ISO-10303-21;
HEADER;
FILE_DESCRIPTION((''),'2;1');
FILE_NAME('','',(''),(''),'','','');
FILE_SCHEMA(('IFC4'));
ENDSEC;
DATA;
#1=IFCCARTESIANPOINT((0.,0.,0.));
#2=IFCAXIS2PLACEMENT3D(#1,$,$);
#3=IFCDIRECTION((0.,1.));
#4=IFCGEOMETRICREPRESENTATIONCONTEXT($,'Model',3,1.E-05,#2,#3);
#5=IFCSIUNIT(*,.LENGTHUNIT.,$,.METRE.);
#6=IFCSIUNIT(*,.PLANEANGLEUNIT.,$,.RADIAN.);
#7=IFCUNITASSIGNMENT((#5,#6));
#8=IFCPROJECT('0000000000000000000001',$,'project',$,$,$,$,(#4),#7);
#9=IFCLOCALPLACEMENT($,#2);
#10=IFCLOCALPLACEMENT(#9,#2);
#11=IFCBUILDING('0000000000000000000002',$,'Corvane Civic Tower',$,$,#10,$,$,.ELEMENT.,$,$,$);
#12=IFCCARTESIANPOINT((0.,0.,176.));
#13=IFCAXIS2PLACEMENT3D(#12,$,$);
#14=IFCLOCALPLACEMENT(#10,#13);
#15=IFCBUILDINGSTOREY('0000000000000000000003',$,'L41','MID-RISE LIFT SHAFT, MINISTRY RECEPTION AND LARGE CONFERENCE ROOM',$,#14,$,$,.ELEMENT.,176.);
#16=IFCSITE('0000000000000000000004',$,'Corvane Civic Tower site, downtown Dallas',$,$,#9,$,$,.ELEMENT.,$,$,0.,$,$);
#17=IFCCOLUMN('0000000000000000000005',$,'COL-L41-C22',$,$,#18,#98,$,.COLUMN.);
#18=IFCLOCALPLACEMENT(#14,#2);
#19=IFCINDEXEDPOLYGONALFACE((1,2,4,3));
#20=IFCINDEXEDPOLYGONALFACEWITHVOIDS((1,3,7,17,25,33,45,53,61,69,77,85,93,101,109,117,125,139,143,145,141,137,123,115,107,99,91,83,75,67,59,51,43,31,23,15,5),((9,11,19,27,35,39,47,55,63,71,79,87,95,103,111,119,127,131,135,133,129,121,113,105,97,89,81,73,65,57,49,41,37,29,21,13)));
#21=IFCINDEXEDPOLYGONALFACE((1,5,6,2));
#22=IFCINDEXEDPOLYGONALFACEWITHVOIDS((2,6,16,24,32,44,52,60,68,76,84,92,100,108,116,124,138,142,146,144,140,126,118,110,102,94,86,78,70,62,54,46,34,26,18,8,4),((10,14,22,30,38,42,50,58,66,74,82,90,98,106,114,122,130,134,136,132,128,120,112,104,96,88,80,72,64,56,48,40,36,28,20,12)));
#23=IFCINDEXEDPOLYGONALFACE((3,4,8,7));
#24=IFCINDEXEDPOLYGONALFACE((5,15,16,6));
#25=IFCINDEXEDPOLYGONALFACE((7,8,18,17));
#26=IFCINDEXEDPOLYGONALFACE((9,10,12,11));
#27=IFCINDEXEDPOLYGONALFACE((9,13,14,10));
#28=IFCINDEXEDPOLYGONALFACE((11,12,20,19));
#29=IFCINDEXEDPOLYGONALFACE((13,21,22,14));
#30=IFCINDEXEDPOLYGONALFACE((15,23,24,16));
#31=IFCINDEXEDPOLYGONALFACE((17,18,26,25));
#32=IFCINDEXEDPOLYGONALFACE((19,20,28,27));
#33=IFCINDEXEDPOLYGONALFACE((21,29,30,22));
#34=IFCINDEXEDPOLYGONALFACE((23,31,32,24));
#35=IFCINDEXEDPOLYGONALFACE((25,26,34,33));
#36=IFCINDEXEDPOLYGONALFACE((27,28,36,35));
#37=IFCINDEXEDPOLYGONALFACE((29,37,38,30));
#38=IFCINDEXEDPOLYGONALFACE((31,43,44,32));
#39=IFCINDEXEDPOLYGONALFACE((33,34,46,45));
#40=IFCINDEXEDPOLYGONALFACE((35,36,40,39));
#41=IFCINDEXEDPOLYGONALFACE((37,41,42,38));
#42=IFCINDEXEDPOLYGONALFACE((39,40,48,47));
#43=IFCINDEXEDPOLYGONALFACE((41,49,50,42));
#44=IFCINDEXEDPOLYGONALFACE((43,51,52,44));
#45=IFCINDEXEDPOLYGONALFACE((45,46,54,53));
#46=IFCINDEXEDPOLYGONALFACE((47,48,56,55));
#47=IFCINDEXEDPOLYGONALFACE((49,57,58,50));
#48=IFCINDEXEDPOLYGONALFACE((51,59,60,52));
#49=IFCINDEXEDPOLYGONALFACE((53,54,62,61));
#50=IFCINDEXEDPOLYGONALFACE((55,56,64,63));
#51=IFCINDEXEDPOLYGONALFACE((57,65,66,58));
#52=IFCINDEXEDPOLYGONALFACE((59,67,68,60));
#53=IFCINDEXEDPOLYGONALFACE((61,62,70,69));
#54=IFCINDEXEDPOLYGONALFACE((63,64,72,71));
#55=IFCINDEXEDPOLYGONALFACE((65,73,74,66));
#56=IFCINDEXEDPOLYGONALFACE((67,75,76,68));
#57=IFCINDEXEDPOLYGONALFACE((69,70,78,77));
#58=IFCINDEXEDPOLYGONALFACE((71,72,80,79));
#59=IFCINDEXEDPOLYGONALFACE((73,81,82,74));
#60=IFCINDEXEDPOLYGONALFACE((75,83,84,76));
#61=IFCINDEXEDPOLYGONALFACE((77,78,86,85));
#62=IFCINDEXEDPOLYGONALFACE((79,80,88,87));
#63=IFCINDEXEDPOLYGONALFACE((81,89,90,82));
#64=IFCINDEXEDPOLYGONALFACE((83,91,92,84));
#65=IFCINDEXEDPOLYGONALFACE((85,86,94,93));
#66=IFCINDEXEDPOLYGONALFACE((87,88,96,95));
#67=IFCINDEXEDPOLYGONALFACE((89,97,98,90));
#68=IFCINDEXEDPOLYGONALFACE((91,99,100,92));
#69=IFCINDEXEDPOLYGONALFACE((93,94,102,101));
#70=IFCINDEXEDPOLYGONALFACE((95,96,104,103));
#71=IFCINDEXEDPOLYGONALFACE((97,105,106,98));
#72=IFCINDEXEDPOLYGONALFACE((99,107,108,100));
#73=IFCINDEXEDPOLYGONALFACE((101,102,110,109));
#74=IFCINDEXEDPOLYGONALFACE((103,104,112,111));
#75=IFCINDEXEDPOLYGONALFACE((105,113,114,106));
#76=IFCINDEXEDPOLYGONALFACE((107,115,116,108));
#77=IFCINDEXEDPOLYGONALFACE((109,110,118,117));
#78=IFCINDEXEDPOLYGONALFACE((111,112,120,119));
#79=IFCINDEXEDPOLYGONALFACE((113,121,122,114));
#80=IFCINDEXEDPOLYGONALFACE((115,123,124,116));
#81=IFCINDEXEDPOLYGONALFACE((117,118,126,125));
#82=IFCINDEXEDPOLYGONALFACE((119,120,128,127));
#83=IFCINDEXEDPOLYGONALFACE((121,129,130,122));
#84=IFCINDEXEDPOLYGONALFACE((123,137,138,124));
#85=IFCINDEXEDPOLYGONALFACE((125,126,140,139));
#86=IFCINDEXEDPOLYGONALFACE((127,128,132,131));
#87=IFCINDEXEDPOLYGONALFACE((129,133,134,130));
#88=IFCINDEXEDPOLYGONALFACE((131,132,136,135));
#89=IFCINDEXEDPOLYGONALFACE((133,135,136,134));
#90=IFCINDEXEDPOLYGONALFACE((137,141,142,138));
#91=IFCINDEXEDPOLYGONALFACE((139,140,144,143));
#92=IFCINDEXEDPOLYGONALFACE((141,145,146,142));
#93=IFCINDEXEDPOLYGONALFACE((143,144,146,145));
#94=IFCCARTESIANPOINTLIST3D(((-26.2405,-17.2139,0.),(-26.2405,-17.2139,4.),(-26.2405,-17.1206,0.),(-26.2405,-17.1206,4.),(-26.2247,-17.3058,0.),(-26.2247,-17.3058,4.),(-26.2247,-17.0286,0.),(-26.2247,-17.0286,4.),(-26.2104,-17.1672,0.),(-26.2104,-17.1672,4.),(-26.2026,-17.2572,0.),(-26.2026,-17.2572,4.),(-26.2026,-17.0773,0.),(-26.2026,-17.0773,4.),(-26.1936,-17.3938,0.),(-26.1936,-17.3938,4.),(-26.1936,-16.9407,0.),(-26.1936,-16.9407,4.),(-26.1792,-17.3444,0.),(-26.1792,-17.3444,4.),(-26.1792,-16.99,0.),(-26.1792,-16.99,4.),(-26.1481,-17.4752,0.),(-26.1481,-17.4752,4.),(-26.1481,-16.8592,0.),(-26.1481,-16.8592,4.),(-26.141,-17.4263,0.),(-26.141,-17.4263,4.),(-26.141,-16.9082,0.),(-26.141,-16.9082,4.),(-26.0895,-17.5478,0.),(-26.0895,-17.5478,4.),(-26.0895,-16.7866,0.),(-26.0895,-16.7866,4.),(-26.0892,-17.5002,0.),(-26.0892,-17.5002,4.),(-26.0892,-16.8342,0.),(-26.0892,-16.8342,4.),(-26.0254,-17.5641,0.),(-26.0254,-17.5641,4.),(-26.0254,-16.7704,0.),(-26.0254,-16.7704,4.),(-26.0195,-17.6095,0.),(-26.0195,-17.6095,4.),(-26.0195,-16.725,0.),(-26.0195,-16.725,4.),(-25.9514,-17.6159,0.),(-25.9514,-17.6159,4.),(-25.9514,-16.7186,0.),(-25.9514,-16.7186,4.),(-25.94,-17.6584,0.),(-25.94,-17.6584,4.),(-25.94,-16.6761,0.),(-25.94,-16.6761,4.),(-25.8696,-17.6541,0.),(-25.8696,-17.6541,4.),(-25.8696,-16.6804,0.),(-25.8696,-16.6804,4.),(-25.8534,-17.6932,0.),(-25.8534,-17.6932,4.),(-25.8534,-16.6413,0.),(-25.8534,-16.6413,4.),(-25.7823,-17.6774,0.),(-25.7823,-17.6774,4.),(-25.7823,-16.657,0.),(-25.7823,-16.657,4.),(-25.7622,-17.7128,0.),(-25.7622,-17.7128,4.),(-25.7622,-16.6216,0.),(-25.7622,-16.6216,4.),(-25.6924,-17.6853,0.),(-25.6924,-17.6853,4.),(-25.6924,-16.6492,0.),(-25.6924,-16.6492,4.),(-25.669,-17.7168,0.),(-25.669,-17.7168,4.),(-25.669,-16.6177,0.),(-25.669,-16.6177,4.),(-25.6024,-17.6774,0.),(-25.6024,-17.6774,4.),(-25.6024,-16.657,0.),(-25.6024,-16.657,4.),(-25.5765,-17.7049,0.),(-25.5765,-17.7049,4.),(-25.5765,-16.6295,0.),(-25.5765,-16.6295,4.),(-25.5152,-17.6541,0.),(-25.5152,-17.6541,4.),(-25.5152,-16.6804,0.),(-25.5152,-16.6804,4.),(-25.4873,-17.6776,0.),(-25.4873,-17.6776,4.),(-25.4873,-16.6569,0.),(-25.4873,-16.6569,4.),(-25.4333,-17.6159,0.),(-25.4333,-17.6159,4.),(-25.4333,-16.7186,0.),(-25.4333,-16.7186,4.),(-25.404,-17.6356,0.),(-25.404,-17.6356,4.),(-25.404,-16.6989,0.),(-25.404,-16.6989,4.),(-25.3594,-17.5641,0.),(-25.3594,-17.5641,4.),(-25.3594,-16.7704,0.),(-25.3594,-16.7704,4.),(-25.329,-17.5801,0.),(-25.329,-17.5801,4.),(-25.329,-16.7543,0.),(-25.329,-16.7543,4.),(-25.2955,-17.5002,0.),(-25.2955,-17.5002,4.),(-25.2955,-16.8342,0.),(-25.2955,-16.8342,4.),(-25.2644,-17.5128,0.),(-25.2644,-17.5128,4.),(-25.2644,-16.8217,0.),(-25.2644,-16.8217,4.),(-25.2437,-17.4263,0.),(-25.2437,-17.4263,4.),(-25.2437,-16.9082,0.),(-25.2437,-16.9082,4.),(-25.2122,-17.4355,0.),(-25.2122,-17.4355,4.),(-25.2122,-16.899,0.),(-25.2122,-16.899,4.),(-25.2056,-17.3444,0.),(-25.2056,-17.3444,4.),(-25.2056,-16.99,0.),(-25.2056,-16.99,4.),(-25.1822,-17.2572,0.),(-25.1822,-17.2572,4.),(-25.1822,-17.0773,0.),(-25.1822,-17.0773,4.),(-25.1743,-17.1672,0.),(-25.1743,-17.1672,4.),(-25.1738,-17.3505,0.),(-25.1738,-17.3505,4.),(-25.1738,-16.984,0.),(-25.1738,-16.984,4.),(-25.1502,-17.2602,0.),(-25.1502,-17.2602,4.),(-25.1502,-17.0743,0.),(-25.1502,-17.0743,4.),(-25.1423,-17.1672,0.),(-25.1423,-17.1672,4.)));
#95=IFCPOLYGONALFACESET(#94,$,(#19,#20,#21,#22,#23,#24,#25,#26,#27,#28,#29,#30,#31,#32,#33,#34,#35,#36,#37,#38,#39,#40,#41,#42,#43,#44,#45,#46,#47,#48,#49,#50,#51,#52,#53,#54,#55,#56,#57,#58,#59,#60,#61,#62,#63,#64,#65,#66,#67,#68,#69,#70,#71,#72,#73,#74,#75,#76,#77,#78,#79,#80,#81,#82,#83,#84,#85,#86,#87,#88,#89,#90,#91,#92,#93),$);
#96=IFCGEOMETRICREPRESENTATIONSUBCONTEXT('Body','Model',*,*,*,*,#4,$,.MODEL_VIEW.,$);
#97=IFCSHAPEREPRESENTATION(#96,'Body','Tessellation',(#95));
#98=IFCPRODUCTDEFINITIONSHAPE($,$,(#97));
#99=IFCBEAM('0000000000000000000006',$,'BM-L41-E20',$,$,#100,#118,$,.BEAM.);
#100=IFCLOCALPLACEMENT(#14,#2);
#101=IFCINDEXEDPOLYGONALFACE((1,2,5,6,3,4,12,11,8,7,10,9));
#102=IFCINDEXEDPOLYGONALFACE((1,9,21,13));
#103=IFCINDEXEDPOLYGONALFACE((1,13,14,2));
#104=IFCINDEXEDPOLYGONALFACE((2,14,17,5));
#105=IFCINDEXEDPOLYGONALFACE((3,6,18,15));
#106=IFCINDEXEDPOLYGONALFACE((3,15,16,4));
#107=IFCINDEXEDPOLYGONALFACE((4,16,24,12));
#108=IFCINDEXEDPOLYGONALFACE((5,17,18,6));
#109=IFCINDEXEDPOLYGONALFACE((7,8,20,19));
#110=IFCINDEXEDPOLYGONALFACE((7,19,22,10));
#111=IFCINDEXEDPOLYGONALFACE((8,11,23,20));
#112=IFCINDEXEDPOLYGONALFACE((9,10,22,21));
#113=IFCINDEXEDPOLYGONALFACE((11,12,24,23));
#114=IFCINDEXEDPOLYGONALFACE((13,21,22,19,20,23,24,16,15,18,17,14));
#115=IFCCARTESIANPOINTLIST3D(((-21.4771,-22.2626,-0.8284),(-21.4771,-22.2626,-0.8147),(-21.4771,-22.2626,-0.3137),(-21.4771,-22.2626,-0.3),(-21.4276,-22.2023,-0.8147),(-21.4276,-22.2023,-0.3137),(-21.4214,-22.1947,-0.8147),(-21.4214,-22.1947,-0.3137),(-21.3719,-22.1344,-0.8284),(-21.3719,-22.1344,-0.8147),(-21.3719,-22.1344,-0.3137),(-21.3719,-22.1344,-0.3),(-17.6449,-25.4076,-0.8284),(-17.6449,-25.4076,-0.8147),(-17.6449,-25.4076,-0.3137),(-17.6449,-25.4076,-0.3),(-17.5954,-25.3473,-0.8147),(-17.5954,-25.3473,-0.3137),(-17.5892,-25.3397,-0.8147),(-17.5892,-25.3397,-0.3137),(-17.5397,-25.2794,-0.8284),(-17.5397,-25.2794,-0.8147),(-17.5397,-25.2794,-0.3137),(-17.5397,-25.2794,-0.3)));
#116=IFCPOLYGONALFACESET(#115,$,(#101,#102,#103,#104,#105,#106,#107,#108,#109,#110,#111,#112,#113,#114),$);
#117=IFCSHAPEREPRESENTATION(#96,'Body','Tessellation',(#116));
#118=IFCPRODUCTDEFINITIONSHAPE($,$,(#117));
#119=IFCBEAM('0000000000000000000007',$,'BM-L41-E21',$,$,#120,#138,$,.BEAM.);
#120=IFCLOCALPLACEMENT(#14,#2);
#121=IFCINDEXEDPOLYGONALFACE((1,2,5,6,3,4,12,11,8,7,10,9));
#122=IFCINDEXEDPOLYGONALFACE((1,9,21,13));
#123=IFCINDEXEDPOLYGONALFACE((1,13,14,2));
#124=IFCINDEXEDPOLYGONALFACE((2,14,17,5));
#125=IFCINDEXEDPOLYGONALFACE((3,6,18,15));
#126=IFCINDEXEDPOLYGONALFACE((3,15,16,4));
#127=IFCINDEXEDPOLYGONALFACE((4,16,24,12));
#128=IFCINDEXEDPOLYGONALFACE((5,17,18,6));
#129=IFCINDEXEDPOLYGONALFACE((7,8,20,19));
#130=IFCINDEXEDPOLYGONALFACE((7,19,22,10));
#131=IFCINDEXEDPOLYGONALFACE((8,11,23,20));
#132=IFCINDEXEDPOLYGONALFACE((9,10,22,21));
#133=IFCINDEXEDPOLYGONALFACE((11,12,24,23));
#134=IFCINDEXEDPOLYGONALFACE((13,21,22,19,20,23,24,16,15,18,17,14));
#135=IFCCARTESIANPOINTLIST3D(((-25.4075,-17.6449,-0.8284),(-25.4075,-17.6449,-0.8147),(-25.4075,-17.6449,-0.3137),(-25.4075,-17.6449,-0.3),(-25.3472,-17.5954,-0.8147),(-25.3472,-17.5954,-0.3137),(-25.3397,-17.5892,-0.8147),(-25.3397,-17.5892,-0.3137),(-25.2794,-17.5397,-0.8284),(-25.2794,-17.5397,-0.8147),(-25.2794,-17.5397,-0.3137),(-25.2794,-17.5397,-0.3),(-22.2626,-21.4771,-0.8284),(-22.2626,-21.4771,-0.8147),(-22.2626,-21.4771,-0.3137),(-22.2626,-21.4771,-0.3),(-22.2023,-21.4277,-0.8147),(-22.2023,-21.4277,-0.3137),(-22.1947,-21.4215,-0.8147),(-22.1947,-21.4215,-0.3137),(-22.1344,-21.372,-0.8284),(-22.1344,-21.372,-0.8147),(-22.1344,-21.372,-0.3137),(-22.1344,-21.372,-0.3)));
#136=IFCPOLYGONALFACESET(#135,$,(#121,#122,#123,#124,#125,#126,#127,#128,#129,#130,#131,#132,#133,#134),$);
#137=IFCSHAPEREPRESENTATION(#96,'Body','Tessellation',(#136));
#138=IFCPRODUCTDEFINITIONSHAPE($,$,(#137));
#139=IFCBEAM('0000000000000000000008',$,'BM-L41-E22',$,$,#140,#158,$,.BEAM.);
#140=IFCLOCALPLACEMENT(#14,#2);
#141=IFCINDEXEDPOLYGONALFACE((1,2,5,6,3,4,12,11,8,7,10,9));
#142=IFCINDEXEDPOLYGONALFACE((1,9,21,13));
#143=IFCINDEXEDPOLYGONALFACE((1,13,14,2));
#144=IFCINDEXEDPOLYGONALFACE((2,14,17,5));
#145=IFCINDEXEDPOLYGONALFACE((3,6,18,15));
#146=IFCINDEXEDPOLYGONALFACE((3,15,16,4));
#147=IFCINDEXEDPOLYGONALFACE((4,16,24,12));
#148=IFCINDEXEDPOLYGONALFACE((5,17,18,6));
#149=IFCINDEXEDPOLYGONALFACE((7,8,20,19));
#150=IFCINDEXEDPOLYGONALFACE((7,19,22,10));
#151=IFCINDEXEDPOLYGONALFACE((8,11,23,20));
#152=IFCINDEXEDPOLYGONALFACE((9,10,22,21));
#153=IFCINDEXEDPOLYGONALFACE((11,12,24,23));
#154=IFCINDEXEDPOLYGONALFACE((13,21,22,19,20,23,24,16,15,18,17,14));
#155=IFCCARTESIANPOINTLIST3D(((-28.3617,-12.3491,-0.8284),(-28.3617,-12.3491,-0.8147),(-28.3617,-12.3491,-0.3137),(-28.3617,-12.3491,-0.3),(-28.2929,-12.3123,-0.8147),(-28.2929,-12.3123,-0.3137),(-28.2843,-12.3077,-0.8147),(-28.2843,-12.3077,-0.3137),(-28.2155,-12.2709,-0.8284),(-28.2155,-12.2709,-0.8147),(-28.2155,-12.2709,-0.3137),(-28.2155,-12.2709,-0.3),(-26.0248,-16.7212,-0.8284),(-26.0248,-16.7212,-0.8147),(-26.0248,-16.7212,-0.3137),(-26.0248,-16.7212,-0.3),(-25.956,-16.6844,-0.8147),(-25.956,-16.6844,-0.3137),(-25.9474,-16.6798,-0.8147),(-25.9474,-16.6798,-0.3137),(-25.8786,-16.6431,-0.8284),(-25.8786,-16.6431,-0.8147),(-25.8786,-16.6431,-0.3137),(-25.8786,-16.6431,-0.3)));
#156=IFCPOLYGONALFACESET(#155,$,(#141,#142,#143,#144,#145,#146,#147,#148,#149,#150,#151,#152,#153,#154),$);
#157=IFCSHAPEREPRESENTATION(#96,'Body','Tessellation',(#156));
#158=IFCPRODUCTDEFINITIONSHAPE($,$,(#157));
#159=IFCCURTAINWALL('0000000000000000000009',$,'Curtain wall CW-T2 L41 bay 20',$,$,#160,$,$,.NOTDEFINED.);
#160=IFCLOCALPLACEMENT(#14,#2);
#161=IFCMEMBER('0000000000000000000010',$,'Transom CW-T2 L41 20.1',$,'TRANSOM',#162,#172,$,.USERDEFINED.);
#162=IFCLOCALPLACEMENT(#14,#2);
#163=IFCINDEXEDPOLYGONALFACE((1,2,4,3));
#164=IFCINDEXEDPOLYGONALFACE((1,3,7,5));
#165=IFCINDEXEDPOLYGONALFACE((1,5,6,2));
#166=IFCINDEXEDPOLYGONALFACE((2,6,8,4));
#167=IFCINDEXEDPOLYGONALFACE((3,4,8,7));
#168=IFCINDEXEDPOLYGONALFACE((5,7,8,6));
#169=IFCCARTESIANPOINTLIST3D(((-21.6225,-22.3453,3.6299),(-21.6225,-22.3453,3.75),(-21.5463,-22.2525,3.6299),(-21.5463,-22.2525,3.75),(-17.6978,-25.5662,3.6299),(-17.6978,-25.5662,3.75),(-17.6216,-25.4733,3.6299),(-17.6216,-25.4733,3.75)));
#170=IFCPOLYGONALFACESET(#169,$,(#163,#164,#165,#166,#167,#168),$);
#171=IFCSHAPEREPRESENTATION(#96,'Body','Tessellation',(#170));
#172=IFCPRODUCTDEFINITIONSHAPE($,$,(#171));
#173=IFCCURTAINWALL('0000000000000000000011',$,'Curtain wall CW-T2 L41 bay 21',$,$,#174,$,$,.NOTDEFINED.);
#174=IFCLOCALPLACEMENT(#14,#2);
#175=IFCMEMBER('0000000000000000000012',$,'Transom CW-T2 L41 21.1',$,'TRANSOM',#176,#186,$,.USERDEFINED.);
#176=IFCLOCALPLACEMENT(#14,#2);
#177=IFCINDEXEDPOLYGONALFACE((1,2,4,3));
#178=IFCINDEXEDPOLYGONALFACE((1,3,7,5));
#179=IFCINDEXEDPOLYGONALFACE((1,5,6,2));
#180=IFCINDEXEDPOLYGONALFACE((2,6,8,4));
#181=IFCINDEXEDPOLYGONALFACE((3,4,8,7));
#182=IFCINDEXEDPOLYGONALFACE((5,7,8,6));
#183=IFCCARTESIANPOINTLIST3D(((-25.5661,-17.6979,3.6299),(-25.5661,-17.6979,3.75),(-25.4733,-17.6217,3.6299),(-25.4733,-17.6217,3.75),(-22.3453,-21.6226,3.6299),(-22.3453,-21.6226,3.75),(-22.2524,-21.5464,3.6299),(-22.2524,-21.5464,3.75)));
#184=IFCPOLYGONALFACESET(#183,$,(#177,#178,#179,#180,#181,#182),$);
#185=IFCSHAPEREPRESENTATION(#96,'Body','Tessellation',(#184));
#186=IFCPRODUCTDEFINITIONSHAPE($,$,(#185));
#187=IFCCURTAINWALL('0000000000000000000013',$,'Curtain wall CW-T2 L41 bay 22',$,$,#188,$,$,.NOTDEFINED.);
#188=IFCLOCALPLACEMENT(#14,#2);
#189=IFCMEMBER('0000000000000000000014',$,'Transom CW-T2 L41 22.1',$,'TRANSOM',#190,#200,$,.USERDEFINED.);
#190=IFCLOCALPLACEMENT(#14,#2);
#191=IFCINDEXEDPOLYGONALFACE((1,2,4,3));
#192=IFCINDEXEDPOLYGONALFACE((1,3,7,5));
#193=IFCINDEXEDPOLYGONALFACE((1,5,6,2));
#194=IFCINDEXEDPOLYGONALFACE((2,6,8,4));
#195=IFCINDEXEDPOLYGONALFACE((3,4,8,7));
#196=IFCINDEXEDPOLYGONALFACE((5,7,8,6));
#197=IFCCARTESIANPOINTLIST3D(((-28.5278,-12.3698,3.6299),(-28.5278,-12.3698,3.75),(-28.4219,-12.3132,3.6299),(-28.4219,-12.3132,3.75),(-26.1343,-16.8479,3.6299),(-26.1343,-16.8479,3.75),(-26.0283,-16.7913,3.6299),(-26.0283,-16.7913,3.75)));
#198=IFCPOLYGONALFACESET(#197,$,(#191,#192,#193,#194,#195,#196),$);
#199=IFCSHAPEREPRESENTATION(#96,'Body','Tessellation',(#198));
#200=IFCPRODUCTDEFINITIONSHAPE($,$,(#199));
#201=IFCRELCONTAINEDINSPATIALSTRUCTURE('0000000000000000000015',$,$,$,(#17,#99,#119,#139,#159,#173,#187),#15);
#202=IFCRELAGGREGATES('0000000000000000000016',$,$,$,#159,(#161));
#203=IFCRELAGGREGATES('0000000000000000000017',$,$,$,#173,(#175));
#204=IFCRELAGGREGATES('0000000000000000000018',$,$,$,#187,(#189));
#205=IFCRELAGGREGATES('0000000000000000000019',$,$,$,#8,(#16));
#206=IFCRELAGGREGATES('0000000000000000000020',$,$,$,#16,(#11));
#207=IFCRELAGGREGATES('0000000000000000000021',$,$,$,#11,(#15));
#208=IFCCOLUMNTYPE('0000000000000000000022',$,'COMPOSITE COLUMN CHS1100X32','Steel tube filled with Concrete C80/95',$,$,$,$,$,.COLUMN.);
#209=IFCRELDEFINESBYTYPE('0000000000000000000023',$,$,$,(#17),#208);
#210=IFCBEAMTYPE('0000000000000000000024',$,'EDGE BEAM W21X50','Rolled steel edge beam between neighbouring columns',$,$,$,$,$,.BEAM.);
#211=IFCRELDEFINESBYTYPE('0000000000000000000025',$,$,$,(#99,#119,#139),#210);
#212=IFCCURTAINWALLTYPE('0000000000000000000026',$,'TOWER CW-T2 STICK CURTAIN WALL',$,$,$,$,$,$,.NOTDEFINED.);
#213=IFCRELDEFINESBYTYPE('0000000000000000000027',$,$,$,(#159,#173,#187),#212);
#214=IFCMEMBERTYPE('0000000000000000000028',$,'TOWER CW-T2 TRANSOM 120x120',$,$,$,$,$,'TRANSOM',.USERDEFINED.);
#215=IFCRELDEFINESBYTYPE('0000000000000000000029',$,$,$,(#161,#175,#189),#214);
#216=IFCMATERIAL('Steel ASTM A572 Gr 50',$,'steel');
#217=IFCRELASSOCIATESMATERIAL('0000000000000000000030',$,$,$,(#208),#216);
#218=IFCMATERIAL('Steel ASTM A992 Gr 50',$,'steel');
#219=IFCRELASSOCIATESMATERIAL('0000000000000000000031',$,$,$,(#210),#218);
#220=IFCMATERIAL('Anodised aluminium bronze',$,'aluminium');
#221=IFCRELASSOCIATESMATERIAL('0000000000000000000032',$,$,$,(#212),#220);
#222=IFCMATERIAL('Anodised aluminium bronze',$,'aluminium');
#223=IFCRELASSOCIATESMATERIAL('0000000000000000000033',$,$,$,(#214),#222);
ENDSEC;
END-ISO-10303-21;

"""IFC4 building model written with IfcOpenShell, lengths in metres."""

from ifc_helpers import new_model, si_unit, direction, frame, origin, origin_2d, place, context, subcontext, project, spatial, rectangle, hollow_circle, i_section, extrude, material, material_profile, profile_set, type_object, element, aggregate, save


model = new_model("IFC4")

# Units and contexts
model_context = context("Model", 3, precision=1e-05, world=origin(), true_north=direction((0.0, 1.0)))
body_context = subcontext(model_context, "Body", "Model", "MODEL_VIEW")
ifc_project = project(units=[si_unit("LENGTHUNIT", "METRE"), si_unit("PLANEANGLEUNIT", "RADIAN")], contexts=[model_context])

# Site, building, storey
site_placement = place(None, origin())
site = spatial("IfcSite", under=ifc_project, at=site_placement, Name="Corvane Civic Tower site, downtown Dallas", CompositionType="ELEMENT", RefElevation=0.0)
building_placement = place(site_placement, origin())
building = spatial("IfcBuilding", under=site, at=building_placement, Name="Corvane Civic Tower", CompositionType="ELEMENT")
storey_placement = place(building_placement, frame((0.0, 0.0, 176.0)))
storey = spatial("IfcBuildingStorey", under=building, at=storey_placement, Name="L41", Description="MID-RISE LIFT SHAFT, MINISTRY RECEPTION AND LARGE CONFERENCE ROOM", CompositionType="ELEMENT", Elevation=176.0)

# Column
ifc_material_1 = material(Name="Steel ASTM A572 Gr 50", Category="steel")
ifc_material_profile_1 = material_profile(ifc_material_1, hollow_circle(Radius=0.55, WallThickness=0.032, at=origin_2d()), Name="CHS1100X32")
ifc_profile_set_1 = profile_set([ifc_material_profile_1], Name="Steel ASTM A572 Gr 50")
column_type = type_object("IfcColumnType", Name="COMPOSITE COLUMN CHS1100X32", Description="Steel tube filled with Concrete C80/95", PredefinedType="COLUMN", material=ifc_profile_set_1)
for number, where, z_axis, x_axis, name in (
    (1, (-25.6924, -17.1672, 0.0), (0.0, 0.0, 1.0), (1.0, 0.0, 0.0), "COL-L41-C22"),
):
    element("IfcColumn", number, at=place(storey_placement, frame(where, z_axis=z_axis, x_axis=x_axis)), inside=storey, type_object=column_type, Name=name, PredefinedType="COLUMN", context=body_context, shape_type="SweptSolid", body=[
        extrude(hollow_circle(Radius=0.55, WallThickness=0.032, at=origin_2d()), origin(), (0.0, 0.0, 1.0), 4.0),
    ])

# Beams
ifc_material_2 = material(Name="Steel ASTM A992 Gr 50", Category="steel")
ifc_material_profile_2 = material_profile(ifc_material_2, i_section(OverallWidth=0.1658, OverallDepth=0.5283, WebThickness=0.0098, FlangeThickness=0.0137, at=origin_2d()), Name="W21X50")
ifc_profile_set_2 = profile_set([ifc_material_profile_2], Name="Steel ASTM A992 Gr 50")
beam_type = type_object("IfcBeamType", Name="EDGE BEAM W21X50", Description="Rolled steel edge beam between neighbouring columns", PredefinedType="BEAM", material=ifc_profile_set_2)
for number, where, z_axis, x_axis, name in (
    (2, (-17.5923, -25.3435, -0.5642), (-0.773015, 0.634388, 0.0), (-0.634388, -0.773015, 0.0), "BM-L41-E20"),
    (3, (-22.1985, -21.4246, -0.5642), (-0.634388, 0.773015, 0.0), (-0.773015, -0.634388, 0.0), "BM-L41-E21"),
    (4, (-25.9517, -16.6821, -0.5642), (-0.471396, 0.881922, 0.0), (-0.881922, -0.471396, 0.0), "BM-L41-E22"),
):
    element("IfcBeam", number, at=place(storey_placement, frame(where, z_axis=z_axis, x_axis=x_axis)), inside=storey, type_object=beam_type, Name=name, PredefinedType="BEAM", context=body_context, shape_type="SweptSolid", body=[
        extrude(i_section(OverallWidth=0.1658, OverallDepth=0.5283, WebThickness=0.0098, FlangeThickness=0.0137, at=origin_2d()), origin(), (0.0, 0.0, 1.0), 4.9575),
    ])

# Curtain walls, members
ifc_material_3 = material(Name="Anodised aluminium bronze", Category="aluminium")
curtain_wall_type = type_object("IfcCurtainWallType", Name="TOWER CW-T2 STICK CURTAIN WALL", PredefinedType="NOTDEFINED", material=ifc_material_3)
curtain_wall_1_placement = place(storey_placement, origin())
curtain_wall_1 = element("IfcCurtainWall", 5, at=curtain_wall_1_placement, inside=storey, type_object=curtain_wall_type, Name="Curtain wall CW-T2 L41 bay 20", PredefinedType="NOTDEFINED")
ifc_material_4 = material(Name="Anodised aluminium bronze", Category="aluminium")
ifc_material_profile_3 = material_profile(ifc_material_4, rectangle(XDim=0.1201, YDim=0.1201, at=origin_2d()), Name="TOWER CW-T2 TRANSOM 120x120")
ifc_profile_set_3 = profile_set([ifc_material_profile_3], Name="Anodised aluminium bronze")
member_type = type_object("IfcMemberType", Name="TOWER CW-T2 TRANSOM 120x120", ElementType="TRANSOM", PredefinedType="USERDEFINED", material=ifc_profile_set_3)
member_1_placement = place(storey_placement, frame((-17.6597, -25.5198, 3.6899), z_axis=(-0.773016, 0.634387, 0.0), x_axis=(-0.634387, -0.773016, 0.0)))
member_1 = element("IfcMember", 6, at=member_1_placement, type_object=member_type, Name="Transom CW-T2 L41 20.1", ObjectType="TRANSOM", PredefinedType="USERDEFINED", context=body_context, shape_type="SweptSolid", body=[
    extrude(rectangle(XDim=0.1201, YDim=0.1201, at=origin_2d()), origin(), (0.0, 0.0, 1.0), 5.0771),
])
curtain_wall_2_placement = place(storey_placement, origin())
curtain_wall_2 = element("IfcCurtainWall", 7, at=curtain_wall_2_placement, inside=storey, type_object=curtain_wall_type, Name="Curtain wall CW-T2 L41 bay 21", PredefinedType="NOTDEFINED")
member_2_placement = place(storey_placement, frame((-22.2988, -21.5845, 3.6899), z_axis=(-0.634387, 0.773016, 0.0), x_axis=(-0.773016, -0.634387, 0.0)))
member_2 = element("IfcMember", 8, at=member_2_placement, type_object=member_type, Name="Transom CW-T2 L41 21.1", ObjectType="TRANSOM", PredefinedType="USERDEFINED", context=body_context, shape_type="SweptSolid", body=[
    extrude(rectangle(XDim=0.1201, YDim=0.1201, at=origin_2d()), origin(), (0.0, 0.0, 1.0), 5.0771),
])
curtain_wall_3_placement = place(storey_placement, origin())
curtain_wall_3 = element("IfcCurtainWall", 9, at=curtain_wall_3_placement, inside=storey, type_object=curtain_wall_type, Name="Curtain wall CW-T2 L41 bay 22", PredefinedType="NOTDEFINED")
member_3_placement = place(storey_placement, frame((-26.0813, -16.8196, 3.6899), z_axis=(-0.471397, 0.881921, 0.0), x_axis=(-0.881921, -0.471397, 0.0)))
member_3 = element("IfcMember", 10, at=member_3_placement, type_object=member_type, Name="Transom CW-T2 L41 22.1", ObjectType="TRANSOM", PredefinedType="USERDEFINED", context=body_context, shape_type="SweptSolid", body=[
    extrude(rectangle(XDim=0.1201, YDim=0.1201, at=origin_2d()), origin(), (0.0, 0.0, 1.0), 5.0776),
])

aggregate(curtain_wall_1, [member_1])
aggregate(curtain_wall_2, [member_2])
aggregate(curtain_wall_3, [member_3])

save(model, "model.ifc")
